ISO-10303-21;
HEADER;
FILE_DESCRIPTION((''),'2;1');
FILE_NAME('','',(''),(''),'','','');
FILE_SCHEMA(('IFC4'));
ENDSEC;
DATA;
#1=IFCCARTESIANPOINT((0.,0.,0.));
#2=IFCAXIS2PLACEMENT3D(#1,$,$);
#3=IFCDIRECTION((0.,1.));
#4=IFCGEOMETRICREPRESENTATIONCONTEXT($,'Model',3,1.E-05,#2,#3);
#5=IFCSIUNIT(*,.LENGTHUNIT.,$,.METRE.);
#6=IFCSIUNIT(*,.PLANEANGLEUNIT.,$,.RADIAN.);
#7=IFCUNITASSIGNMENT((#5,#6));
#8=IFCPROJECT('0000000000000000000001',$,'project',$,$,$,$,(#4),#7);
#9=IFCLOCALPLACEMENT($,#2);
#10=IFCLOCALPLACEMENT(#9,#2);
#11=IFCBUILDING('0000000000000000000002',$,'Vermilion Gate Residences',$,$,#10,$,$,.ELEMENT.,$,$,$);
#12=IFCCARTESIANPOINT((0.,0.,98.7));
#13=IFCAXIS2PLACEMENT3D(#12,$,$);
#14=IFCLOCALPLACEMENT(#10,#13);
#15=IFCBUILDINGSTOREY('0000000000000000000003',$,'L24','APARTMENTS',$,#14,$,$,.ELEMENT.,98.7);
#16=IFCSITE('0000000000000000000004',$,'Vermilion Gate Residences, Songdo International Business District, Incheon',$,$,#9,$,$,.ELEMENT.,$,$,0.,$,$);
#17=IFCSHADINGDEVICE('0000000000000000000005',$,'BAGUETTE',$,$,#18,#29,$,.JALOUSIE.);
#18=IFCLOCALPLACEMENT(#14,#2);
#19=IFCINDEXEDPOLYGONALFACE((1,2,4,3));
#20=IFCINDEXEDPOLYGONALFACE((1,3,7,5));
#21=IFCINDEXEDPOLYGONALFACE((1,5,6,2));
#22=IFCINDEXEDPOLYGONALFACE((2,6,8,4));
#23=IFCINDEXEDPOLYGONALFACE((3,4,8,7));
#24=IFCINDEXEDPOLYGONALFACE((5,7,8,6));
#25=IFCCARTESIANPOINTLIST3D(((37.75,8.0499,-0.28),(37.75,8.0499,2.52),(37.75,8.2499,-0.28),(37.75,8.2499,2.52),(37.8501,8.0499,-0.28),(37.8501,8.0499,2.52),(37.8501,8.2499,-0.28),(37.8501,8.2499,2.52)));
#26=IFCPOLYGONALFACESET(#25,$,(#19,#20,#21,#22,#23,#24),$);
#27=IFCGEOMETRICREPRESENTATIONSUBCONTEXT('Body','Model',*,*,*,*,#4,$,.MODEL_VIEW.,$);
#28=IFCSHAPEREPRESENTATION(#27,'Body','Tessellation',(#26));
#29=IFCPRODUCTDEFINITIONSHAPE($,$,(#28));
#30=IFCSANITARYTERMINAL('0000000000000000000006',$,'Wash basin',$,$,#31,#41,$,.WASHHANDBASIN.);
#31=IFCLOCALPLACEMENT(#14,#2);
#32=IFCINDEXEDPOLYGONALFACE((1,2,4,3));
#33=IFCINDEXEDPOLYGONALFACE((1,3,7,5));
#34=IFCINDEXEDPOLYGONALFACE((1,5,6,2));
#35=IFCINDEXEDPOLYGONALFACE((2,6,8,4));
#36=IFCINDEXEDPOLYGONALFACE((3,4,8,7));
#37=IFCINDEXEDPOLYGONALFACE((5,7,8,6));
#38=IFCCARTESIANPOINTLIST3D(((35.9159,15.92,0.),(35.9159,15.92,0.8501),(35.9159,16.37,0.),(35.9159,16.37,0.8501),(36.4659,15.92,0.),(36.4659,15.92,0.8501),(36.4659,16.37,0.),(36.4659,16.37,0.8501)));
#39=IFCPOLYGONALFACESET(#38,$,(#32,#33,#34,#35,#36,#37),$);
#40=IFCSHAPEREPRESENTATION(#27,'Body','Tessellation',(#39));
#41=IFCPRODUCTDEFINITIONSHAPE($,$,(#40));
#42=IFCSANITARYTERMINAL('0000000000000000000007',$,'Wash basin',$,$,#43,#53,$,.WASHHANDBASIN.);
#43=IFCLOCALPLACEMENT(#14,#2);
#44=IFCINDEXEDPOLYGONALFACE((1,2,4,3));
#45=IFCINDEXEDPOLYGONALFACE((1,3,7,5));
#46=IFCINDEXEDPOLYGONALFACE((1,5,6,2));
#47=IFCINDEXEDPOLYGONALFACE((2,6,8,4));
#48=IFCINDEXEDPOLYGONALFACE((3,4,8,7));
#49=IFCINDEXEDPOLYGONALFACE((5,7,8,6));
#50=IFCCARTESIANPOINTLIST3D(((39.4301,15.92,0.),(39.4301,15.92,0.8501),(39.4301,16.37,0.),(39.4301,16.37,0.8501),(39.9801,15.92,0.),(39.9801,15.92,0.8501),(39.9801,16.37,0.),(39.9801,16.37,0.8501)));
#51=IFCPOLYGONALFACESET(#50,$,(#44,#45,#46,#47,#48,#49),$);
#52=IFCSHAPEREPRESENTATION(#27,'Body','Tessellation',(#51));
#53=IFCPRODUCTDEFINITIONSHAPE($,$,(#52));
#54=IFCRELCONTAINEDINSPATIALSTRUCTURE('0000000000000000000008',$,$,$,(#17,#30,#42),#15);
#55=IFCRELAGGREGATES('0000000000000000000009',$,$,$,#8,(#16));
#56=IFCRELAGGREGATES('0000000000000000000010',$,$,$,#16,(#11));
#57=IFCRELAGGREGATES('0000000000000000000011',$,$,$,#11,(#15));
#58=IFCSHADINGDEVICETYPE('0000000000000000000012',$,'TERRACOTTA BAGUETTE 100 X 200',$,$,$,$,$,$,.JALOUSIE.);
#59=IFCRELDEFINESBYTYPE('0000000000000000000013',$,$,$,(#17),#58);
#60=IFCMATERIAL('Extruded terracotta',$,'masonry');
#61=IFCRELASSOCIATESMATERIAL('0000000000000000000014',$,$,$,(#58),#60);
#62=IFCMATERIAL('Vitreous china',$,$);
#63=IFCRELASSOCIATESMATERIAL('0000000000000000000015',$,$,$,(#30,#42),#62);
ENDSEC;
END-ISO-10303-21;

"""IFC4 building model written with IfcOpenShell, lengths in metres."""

from ifc_helpers import new_model, si_unit, direction, frame, origin, origin_2d, place, context, subcontext, project, spatial, rectangle, extrude, material, material_profile, profile_set, type_object, element, save


model = new_model("IFC4")

# Units and contexts
model_context = context("Model", 3, precision=1e-05, world=origin(), true_north=direction((0.0, 1.0)))
body_context = subcontext(model_context, "Body", "Model", "MODEL_VIEW")
ifc_project = project(units=[si_unit("LENGTHUNIT", "METRE"), si_unit("PLANEANGLEUNIT", "RADIAN")], contexts=[model_context])

# Site, building, storey
site_placement = place(None, origin())
site = spatial("IfcSite", under=ifc_project, at=site_placement, Name="Vermilion Gate Residences, Songdo International Business District, Incheon", CompositionType="ELEMENT", RefElevation=0.0)
building_placement = place(site_placement, origin())
building = spatial("IfcBuilding", under=site, at=building_placement, Name="Vermilion Gate Residences", CompositionType="ELEMENT")
storey_placement = place(building_placement, frame((0.0, 0.0, 98.7)))
storey = spatial("IfcBuildingStorey", under=building, at=storey_placement, Name="L24", Description="APARTMENTS", CompositionType="ELEMENT", Elevation=98.7)

# Shading device
ifc_material_1 = material(Name="Extruded terracotta", Category="masonry")
ifc_material_profile_1 = material_profile(ifc_material_1, rectangle(XDim=0.2, YDim=0.1001, at=origin_2d()), Name="BAGUETTE 100 X 200")
ifc_profile_set_1 = profile_set([ifc_material_profile_1], Name="Extruded terracotta")
shading_device_type = type_object("IfcShadingDeviceType", Name="TERRACOTTA BAGUETTE 100 X 200", PredefinedType="JALOUSIE", material=ifc_profile_set_1)
shading_device_placement = place(storey_placement, frame((37.8, 8.1499, -0.28), z_axis=(0.0, 0.0, 1.0), x_axis=(0.0, 1.0, 0.0)))
element("IfcShadingDevice", 1, at=shading_device_placement, inside=storey, type_object=shading_device_type, Name="BAGUETTE", PredefinedType="JALOUSIE", context=body_context, shape_type="SweptSolid", body=[
    extrude(rectangle(XDim=0.2, YDim=0.1001, at=origin_2d()), origin(), (0.0, 0.0, 1.0), 2.8),
])

# Sanitary terminals
ifc_material_2 = material(Name="Vitreous china")
for number, where, z_axis, x_axis, name in (
    (2, (36.1909, 16.145, 0.0), (0.0, 0.0, 1.0), (1.0, 0.0, 0.0), "Wash basin"),
    (3, (39.7051, 16.145, 0.0), (0.0, 0.0, 1.0), (1.0, 0.0, 0.0), "Wash basin"),
):
    element("IfcSanitaryTerminal", number, at=place(storey_placement, frame(where, z_axis=z_axis, x_axis=x_axis)), inside=storey, material=ifc_material_2, Name=name, PredefinedType="WASHHANDBASIN", context=body_context, shape_type="SweptSolid", body=[
        extrude(rectangle(XDim=0.55, YDim=0.45, at=origin_2d()), origin(), (0.0, 0.0, 1.0), 0.8501),
    ])

save(model, "model.ifc")
